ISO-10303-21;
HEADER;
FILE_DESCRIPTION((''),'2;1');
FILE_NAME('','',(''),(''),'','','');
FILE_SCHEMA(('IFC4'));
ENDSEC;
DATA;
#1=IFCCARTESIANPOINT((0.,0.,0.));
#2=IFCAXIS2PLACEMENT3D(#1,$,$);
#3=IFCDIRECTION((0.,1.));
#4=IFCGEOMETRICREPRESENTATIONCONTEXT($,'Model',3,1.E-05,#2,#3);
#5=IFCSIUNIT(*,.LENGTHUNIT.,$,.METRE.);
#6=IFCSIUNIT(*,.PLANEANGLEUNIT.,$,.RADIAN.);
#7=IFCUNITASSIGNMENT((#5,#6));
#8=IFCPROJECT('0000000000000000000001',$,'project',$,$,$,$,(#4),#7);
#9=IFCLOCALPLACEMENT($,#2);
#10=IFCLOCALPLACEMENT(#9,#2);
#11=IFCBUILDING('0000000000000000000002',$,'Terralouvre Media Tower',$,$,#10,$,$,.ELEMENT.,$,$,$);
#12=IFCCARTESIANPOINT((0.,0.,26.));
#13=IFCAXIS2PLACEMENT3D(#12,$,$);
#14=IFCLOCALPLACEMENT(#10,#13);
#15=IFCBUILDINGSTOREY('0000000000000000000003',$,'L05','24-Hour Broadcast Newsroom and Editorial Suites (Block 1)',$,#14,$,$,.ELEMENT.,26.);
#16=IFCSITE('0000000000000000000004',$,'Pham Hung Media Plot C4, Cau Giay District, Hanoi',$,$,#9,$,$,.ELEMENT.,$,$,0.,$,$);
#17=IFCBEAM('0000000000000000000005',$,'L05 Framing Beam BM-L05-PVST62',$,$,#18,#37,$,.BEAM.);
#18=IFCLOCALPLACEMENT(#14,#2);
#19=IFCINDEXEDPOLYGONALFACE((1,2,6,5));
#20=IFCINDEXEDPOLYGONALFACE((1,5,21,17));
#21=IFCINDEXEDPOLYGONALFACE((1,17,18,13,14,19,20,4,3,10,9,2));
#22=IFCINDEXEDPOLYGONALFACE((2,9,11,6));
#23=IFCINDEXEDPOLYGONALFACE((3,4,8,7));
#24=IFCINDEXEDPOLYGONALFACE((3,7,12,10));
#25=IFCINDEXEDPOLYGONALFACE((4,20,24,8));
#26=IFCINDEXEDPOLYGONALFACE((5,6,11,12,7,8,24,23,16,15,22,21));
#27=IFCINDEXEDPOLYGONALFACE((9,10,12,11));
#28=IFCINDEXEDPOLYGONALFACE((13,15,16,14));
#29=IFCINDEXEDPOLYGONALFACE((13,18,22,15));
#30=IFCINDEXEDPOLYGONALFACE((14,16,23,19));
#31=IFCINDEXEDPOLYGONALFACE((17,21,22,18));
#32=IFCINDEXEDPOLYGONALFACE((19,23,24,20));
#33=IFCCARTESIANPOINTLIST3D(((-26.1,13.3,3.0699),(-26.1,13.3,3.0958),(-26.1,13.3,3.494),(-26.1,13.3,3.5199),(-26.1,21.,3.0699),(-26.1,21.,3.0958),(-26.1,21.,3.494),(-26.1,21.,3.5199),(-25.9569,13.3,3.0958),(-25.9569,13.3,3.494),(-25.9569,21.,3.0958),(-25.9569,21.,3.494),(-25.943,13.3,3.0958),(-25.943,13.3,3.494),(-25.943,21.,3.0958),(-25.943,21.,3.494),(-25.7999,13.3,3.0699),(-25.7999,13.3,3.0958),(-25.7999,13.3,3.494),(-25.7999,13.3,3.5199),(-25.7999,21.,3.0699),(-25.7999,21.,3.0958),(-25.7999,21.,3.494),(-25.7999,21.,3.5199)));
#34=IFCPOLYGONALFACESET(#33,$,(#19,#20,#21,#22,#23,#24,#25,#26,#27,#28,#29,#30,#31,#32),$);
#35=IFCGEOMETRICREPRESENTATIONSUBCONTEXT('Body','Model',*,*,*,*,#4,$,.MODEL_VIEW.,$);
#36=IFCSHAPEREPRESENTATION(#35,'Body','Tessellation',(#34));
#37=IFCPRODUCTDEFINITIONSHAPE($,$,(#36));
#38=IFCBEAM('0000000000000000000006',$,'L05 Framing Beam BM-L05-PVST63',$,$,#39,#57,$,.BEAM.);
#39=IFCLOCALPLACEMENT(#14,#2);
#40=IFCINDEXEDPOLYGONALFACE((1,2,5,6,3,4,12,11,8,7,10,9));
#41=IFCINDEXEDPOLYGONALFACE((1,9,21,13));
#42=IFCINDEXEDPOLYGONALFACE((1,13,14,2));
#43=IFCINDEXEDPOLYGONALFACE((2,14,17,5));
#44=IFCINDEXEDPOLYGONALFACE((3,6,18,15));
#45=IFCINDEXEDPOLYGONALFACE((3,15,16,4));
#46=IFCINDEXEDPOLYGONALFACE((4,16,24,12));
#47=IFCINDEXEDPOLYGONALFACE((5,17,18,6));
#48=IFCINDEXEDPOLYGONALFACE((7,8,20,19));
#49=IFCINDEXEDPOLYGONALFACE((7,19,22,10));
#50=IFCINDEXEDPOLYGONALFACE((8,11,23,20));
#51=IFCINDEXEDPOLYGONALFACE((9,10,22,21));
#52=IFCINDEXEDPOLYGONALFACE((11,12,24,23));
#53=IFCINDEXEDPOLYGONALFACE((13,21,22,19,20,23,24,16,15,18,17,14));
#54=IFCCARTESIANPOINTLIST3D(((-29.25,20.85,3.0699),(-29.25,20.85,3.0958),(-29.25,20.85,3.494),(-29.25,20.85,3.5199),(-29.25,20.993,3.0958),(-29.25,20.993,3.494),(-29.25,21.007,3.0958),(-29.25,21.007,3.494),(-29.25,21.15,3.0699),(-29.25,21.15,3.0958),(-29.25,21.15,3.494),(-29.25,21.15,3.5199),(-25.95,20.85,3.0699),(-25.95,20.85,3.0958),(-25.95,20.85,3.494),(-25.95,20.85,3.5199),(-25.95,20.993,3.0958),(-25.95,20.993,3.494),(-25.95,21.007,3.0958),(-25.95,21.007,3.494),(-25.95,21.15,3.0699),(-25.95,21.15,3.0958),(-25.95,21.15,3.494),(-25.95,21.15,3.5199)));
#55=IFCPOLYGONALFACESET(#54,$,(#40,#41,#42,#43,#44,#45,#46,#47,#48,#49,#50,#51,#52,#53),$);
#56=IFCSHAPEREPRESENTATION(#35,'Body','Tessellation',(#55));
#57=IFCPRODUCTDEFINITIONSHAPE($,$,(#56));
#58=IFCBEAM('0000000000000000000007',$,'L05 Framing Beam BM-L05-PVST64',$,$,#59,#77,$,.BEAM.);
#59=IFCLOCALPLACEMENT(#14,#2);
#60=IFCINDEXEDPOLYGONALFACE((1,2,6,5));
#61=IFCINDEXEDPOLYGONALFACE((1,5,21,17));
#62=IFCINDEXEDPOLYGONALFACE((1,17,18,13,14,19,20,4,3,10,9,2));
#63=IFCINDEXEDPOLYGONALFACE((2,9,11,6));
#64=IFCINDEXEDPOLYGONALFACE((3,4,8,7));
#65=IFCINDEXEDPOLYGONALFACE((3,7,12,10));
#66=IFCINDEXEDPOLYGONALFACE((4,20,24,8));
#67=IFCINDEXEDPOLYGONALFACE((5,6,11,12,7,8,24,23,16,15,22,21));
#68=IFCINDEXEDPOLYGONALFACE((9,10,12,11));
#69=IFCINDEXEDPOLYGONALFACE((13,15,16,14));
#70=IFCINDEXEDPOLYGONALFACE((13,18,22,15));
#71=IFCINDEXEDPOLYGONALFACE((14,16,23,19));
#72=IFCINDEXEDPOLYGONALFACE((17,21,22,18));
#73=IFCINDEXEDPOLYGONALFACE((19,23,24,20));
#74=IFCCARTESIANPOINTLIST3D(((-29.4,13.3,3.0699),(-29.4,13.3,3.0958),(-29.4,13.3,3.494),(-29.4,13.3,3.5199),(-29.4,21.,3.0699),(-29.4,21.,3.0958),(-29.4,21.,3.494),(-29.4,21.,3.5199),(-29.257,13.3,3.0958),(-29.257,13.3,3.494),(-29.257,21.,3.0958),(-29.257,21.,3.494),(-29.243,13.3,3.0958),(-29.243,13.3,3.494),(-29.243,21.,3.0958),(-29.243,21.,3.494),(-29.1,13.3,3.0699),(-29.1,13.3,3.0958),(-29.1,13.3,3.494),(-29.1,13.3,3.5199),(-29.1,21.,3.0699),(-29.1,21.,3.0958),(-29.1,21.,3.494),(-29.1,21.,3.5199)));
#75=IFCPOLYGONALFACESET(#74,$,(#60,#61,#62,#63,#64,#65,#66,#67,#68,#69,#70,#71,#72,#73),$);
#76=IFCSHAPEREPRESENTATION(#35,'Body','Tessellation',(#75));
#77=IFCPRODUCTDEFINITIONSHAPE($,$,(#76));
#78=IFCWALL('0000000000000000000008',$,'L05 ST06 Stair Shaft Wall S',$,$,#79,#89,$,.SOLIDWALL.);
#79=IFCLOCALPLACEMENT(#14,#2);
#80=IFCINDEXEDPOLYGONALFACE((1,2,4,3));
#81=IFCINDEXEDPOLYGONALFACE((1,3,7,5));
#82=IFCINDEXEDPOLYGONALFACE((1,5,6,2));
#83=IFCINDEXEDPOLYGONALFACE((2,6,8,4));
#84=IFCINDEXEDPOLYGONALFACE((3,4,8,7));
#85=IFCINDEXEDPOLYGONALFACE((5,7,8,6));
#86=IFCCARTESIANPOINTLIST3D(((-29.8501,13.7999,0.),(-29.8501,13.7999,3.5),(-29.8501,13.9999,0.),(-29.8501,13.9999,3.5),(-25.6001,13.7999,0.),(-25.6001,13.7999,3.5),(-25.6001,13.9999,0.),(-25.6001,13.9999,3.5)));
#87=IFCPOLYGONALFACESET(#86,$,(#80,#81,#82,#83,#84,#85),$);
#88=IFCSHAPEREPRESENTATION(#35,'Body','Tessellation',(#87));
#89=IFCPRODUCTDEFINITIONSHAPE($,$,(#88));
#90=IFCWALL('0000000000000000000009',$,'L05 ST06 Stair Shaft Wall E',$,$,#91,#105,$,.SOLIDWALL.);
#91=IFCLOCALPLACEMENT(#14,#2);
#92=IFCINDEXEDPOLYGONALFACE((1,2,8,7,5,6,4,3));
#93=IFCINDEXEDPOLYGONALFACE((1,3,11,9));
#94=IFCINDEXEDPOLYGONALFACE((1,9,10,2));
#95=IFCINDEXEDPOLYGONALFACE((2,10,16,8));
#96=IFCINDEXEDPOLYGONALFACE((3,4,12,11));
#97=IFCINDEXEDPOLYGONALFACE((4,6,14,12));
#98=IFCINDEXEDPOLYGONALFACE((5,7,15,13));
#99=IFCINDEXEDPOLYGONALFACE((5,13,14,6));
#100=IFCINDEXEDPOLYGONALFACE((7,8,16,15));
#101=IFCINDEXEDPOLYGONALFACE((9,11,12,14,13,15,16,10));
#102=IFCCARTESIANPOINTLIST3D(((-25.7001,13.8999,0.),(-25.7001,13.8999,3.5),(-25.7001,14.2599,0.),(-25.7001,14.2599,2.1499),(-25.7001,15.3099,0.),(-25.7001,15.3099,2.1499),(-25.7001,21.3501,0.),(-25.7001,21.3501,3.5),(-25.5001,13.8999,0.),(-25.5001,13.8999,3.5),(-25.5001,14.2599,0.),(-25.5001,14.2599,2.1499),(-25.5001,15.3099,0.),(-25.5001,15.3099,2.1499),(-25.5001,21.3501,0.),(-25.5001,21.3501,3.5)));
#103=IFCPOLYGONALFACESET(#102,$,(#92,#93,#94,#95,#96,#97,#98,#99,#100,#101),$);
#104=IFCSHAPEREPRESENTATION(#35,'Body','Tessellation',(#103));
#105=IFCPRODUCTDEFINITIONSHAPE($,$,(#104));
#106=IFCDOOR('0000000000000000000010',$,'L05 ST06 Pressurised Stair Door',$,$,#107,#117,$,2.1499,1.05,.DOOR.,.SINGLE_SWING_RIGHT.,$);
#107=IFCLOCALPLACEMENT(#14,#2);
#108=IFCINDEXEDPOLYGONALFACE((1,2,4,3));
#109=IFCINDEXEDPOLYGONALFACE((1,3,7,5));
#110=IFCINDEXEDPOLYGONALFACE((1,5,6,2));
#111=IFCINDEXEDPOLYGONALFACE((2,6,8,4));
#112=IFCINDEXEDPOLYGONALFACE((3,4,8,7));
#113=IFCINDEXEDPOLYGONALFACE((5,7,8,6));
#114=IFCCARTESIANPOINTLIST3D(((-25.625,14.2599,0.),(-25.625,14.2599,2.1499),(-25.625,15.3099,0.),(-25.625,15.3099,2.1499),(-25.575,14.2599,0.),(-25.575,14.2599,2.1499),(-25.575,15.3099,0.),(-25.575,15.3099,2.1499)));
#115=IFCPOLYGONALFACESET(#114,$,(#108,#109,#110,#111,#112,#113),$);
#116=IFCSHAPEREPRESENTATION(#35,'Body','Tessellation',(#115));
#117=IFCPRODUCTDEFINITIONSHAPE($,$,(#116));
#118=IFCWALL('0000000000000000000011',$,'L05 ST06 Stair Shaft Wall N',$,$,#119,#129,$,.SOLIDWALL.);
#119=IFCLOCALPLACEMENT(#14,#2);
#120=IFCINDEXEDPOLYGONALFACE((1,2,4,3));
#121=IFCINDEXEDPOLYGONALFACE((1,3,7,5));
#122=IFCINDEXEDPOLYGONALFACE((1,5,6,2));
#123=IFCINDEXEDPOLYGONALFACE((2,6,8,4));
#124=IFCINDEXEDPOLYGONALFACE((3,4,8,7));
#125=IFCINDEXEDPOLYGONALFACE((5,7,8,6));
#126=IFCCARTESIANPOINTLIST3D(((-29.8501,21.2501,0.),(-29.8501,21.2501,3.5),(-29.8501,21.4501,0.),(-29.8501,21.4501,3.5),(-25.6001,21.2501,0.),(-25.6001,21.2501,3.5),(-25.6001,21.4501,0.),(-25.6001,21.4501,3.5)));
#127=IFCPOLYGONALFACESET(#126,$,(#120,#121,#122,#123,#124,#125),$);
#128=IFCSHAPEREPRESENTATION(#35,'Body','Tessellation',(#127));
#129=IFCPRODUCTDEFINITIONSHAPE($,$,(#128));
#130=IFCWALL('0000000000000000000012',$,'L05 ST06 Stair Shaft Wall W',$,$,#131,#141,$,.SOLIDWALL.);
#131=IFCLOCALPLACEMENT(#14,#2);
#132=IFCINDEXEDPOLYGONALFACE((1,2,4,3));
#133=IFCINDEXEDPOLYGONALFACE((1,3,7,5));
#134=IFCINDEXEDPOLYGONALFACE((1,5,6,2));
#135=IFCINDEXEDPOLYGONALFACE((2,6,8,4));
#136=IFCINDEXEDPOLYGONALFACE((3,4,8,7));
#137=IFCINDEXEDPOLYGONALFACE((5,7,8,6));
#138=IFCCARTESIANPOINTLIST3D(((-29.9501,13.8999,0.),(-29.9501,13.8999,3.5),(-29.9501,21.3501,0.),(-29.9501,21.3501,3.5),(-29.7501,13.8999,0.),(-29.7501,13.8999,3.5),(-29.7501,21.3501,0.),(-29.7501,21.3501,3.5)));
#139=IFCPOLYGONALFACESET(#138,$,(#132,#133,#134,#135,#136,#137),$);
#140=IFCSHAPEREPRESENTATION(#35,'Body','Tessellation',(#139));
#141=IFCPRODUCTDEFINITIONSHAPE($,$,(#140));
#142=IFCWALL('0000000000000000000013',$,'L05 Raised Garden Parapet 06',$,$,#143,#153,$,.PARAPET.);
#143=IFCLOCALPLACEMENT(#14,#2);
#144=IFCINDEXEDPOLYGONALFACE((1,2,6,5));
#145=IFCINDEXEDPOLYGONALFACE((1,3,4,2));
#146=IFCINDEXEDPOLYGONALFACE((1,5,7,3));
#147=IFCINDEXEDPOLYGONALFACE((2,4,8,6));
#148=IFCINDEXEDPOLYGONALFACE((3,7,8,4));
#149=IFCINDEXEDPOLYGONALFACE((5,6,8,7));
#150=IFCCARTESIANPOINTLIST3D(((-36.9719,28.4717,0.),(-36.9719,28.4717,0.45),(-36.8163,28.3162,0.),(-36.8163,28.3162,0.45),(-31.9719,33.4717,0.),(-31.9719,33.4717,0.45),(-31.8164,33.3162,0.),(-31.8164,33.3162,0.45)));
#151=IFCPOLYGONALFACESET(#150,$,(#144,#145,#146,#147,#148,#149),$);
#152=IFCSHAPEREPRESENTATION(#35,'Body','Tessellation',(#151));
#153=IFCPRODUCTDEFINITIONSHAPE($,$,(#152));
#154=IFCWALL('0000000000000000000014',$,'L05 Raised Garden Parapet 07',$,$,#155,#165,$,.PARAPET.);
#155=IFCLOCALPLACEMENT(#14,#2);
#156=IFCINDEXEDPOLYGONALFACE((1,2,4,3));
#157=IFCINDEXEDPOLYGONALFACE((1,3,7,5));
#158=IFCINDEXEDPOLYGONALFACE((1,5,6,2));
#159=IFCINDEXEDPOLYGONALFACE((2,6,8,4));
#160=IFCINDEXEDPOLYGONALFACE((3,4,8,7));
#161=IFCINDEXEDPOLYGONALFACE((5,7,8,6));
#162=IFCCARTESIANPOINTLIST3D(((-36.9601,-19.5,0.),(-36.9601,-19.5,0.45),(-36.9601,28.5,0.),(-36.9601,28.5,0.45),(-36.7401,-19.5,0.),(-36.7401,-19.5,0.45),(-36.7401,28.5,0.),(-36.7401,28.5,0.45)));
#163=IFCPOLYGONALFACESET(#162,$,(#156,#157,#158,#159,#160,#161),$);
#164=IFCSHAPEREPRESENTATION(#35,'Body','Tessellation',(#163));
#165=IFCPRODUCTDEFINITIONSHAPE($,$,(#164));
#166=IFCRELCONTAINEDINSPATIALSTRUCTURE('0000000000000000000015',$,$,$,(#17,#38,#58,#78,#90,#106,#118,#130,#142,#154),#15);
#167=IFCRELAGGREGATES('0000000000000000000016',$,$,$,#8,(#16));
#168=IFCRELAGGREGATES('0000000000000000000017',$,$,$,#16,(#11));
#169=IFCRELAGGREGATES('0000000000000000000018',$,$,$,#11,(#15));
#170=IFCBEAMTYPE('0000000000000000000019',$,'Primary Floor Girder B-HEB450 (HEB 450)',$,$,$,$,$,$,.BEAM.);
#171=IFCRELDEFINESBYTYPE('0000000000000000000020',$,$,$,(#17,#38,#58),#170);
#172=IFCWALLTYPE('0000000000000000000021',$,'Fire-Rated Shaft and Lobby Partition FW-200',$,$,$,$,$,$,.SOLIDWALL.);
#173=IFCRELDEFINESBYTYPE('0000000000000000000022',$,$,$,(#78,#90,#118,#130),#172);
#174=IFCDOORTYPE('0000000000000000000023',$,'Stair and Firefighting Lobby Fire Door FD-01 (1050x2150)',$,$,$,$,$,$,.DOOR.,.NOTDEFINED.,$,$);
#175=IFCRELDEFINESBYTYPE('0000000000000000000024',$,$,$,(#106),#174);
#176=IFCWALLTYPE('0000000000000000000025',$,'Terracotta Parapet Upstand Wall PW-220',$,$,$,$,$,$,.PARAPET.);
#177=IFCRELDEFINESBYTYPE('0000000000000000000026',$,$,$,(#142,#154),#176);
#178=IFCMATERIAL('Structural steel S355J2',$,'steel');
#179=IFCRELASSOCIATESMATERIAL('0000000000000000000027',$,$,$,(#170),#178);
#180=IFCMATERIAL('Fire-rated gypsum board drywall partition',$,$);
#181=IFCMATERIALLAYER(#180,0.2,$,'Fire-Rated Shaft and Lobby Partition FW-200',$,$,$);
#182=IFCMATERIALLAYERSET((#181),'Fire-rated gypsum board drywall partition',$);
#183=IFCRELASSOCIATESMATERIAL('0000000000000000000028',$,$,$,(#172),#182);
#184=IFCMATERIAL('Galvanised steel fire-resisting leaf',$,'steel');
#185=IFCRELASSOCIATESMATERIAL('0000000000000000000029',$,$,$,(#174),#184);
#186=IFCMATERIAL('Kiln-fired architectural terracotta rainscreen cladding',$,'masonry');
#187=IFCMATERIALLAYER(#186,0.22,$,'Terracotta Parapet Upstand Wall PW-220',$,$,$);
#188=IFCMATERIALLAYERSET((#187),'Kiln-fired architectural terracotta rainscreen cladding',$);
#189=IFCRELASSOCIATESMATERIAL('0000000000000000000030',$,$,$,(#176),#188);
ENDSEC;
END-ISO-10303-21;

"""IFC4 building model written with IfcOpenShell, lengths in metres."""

from ifc_helpers import new_model, si_unit, direction, frame, frame_2d, origin, origin_2d, place, context, subcontext, project, spatial, rectangle, i_section, extrude, material, layer, layer_set, material_profile, profile_set, type_object, element, fill, save


model = new_model("IFC4")

# Units and contexts
model_context = context("Model", 3, precision=1e-05, world=origin(), true_north=direction((0.0, 1.0)))
body_context = subcontext(model_context, "Body", "Model", "MODEL_VIEW")
ifc_project = project(units=[si_unit("LENGTHUNIT", "METRE"), si_unit("PLANEANGLEUNIT", "RADIAN")], contexts=[model_context])

# Site, building, storey
site_placement = place(None, origin())
site = spatial("IfcSite", under=ifc_project, at=site_placement, Name="Pham Hung Media Plot C4, Cau Giay District, Hanoi", CompositionType="ELEMENT", RefElevation=0.0)
building_placement = place(site_placement, origin())
building = spatial("IfcBuilding", under=site, at=building_placement, Name="Terralouvre Media Tower", CompositionType="ELEMENT")
storey_placement = place(building_placement, frame((0.0, 0.0, 26.0)))
storey = spatial("IfcBuildingStorey", under=building, at=storey_placement, Name="L05", Description="24-Hour Broadcast Newsroom and Editorial Suites (Block 1)", CompositionType="ELEMENT", Elevation=26.0)

# Beams
ifc_material_1 = material(Name="Structural steel S355J2", Category="steel")
ifc_material_profile_1 = material_profile(ifc_material_1, i_section(OverallWidth=0.3, OverallDepth=0.45, WebThickness=0.0139, FlangeThickness=0.0259, at=origin_2d()), Name="HEB 450")
ifc_profile_set_1 = profile_set([ifc_material_profile_1], Name="Structural steel S355J2")
beam_type_1 = type_object("IfcBeamType", Name="Primary Floor Girder B-HEB450 (HEB 450)", PredefinedType="BEAM", material=ifc_profile_set_1)
beam_1_placement = place(storey_placement, frame((-25.95, 13.3, 3.2949), z_axis=(0.0, 1.0, 0.0), x_axis=(-1.0, 0.0, 0.0)))
element("IfcBeam", 1, at=beam_1_placement, inside=storey, type_object=beam_type_1, Name="L05 Framing Beam BM-L05-PVST62", PredefinedType="BEAM", context=body_context, shape_type="SweptSolid", body=[
    extrude(i_section(OverallWidth=0.3, OverallDepth=0.45, WebThickness=0.0139, FlangeThickness=0.0259, at=origin_2d()), origin(), (0.0, 0.0, 1.0), 7.7),
])
beam_2_placement = place(storey_placement, frame((-25.95, 21.0, 3.2949), z_axis=(-1.0, 0.0, 0.0), x_axis=(0.0, -1.0, 0.0)))
element("IfcBeam", 2, at=beam_2_placement, inside=storey, type_object=beam_type_1, Name="L05 Framing Beam BM-L05-PVST63", PredefinedType="BEAM", context=body_context, shape_type="SweptSolid", body=[
    extrude(i_section(OverallWidth=0.3, OverallDepth=0.45, WebThickness=0.0139, FlangeThickness=0.0259, at=origin_2d()), origin(), (0.0, 0.0, 1.0), 3.3),
])
beam_3_placement = place(storey_placement, frame((-29.25, 21.0, 3.2949), z_axis=(0.0, -1.0, 0.0), x_axis=(1.0, 0.0, 0.0)))
element("IfcBeam", 3, at=beam_3_placement, inside=storey, type_object=beam_type_1, Name="L05 Framing Beam BM-L05-PVST64", PredefinedType="BEAM", context=body_context, shape_type="SweptSolid", body=[
    extrude(i_section(OverallWidth=0.3, OverallDepth=0.45, WebThickness=0.0139, FlangeThickness=0.0259, at=origin_2d()), origin(), (0.0, 0.0, 1.0), 7.7),
])

# Wall
ifc_material_2 = material(Name="Fire-rated gypsum board drywall partition")
ifc_layer_1 = layer(ifc_material_2, 0.2, Name="Fire-Rated Shaft and Lobby Partition FW-200")
ifc_layer_set_1 = layer_set([ifc_layer_1], Name="Fire-rated gypsum board drywall partition")
wall_type_1 = type_object("IfcWallType", Name="Fire-Rated Shaft and Lobby Partition FW-200", PredefinedType="SOLIDWALL", material=ifc_layer_set_1)
wall_1_placement = place(storey_placement, frame((-29.8501, 13.8999, 0.0), z_axis=(0.0, 0.0, 1.0), x_axis=(1.0, 0.0, 0.0)))
element("IfcWall", 4, at=wall_1_placement, inside=storey, type_object=wall_type_1, Name="L05 ST06 Stair Shaft Wall S", PredefinedType="SOLIDWALL", context=body_context, shape_type="SweptSolid", body=[
    extrude(rectangle(XDim=4.25, YDim=0.2, at=frame_2d((2.125, 0.0))), origin(), (0.0, 0.0, 1.0), 3.5),
])

# Wall, opening, door
wall_2_placement = place(storey_placement, frame((-25.6001, 13.8999, 0.0), z_axis=(0.0, 0.0, 1.0), x_axis=(0.0, 1.0, 0.0)))
wall_2 = element("IfcWall", 5, at=wall_2_placement, inside=storey, type_object=wall_type_1, Name="L05 ST06 Stair Shaft Wall E", PredefinedType="SOLIDWALL", context=body_context, shape_type="SweptSolid", body=[
    extrude(rectangle(XDim=7.4502, YDim=0.2, at=frame_2d((3.7251, 0.0))), origin(), (0.0, 0.0, 1.0), 3.5),
])
opening_placement = place(wall_2_placement, frame((0.3601, 0.0, 0.0)))
opening = element("IfcOpeningElement", 6, at=opening_placement, cuts=wall_2, PredefinedType="OPENING", context=body_context, shape_type="SweptSolid", body=[
    extrude(rectangle(XDim=1.05, YDim=2.1499, at=frame_2d((0.5249, 1.075))), frame((0.0, 0.1099, 0.0), z_axis=(0.0, -1.0, 0.0), x_axis=(1.0, 0.0, 0.0)), (0.0, 0.0, 1.0), 0.22),
])
ifc_material_3 = material(Name="Galvanised steel fire-resisting leaf", Category="steel")
door_type = type_object("IfcDoorType", Name="Stair and Firefighting Lobby Fire Door FD-01 (1050x2150)", OperationType="NOTDEFINED", PredefinedType="DOOR", material=ifc_material_3)
door_placement = place(opening_placement, origin())
door = element("IfcDoor", 7, at=door_placement, inside=storey, type_object=door_type, Name="L05 ST06 Pressurised Stair Door", OperationType="SINGLE_SWING_RIGHT", OverallHeight=2.1499, OverallWidth=1.05, PredefinedType="DOOR", context=body_context, shape_type="SweptSolid", body=[
    extrude(rectangle(XDim=1.05, YDim=2.1499, at=frame_2d((0.5249, 1.075))), frame((0.0, 0.0249, 0.0), z_axis=(0.0, -1.0, 0.0), x_axis=(1.0, 0.0, 0.0)), (0.0, 0.0, 1.0), 0.05),
])
fill(opening, door)

# Walls
wall_3_placement = place(storey_placement, frame((-25.6001, 21.3501, 0.0), z_axis=(0.0, 0.0, 1.0), x_axis=(-1.0, 0.0, 0.0)))
element("IfcWall", 8, at=wall_3_placement, inside=storey, type_object=wall_type_1, Name="L05 ST06 Stair Shaft Wall N", PredefinedType="SOLIDWALL", context=body_context, shape_type="SweptSolid", body=[
    extrude(rectangle(XDim=4.25, YDim=0.2, at=frame_2d((2.125, 0.0))), origin(), (0.0, 0.0, 1.0), 3.5),
])
wall_4_placement = place(storey_placement, frame((-29.8501, 21.3501, 0.0), z_axis=(0.0, 0.0, 1.0), x_axis=(0.0, -1.0, 0.0)))
element("IfcWall", 9, at=wall_4_placement, inside=storey, type_object=wall_type_1, Name="L05 ST06 Stair Shaft Wall W", PredefinedType="SOLIDWALL", context=body_context, shape_type="SweptSolid", body=[
    extrude(rectangle(XDim=7.4502, YDim=0.2, at=frame_2d((3.7251, 0.0))), origin(), (0.0, 0.0, 1.0), 3.5),
])
ifc_material_4 = material(Name="Kiln-fired architectural terracotta rainscreen cladding", Category="masonry")
ifc_layer_2 = layer(ifc_material_4, 0.22, Name="Terracotta Parapet Upstand Wall PW-220")
ifc_layer_set_2 = layer_set([ifc_layer_2], Name="Kiln-fired architectural terracotta rainscreen cladding")
wall_type_2 = type_object("IfcWallType", Name="Terracotta Parapet Upstand Wall PW-220", PredefinedType="PARAPET", material=ifc_layer_set_2)
wall_5_placement = place(storey_placement, frame((-31.894, 33.394, 0.0), z_axis=(0.0, 0.0, 1.0), x_axis=(-0.707107, -0.707107, 0.0)))
element("IfcWall", 10, at=wall_5_placement, inside=storey, type_object=wall_type_2, Name="L05 Raised Garden Parapet 06", PredefinedType="PARAPET", context=body_context, shape_type="SweptSolid", body=[
    extrude(rectangle(XDim=7.071, YDim=0.22, at=frame_2d((3.5356, 0.0))), origin(), (0.0, 0.0, 1.0), 0.45),
])
wall_6_placement = place(storey_placement, frame((-36.8501, 28.5, 0.0), z_axis=(0.0, 0.0, 1.0), x_axis=(0.0, -1.0, 0.0)))
element("IfcWall", 11, at=wall_6_placement, inside=storey, type_object=wall_type_2, Name="L05 Raised Garden Parapet 07", PredefinedType="PARAPET", context=body_context, shape_type="SweptSolid", body=[
    extrude(rectangle(XDim=48.0, YDim=0.22, at=frame_2d((24.0, 0.0))), origin(), (0.0, 0.0, 1.0), 0.45),
])

save(model, "model.ifc")
